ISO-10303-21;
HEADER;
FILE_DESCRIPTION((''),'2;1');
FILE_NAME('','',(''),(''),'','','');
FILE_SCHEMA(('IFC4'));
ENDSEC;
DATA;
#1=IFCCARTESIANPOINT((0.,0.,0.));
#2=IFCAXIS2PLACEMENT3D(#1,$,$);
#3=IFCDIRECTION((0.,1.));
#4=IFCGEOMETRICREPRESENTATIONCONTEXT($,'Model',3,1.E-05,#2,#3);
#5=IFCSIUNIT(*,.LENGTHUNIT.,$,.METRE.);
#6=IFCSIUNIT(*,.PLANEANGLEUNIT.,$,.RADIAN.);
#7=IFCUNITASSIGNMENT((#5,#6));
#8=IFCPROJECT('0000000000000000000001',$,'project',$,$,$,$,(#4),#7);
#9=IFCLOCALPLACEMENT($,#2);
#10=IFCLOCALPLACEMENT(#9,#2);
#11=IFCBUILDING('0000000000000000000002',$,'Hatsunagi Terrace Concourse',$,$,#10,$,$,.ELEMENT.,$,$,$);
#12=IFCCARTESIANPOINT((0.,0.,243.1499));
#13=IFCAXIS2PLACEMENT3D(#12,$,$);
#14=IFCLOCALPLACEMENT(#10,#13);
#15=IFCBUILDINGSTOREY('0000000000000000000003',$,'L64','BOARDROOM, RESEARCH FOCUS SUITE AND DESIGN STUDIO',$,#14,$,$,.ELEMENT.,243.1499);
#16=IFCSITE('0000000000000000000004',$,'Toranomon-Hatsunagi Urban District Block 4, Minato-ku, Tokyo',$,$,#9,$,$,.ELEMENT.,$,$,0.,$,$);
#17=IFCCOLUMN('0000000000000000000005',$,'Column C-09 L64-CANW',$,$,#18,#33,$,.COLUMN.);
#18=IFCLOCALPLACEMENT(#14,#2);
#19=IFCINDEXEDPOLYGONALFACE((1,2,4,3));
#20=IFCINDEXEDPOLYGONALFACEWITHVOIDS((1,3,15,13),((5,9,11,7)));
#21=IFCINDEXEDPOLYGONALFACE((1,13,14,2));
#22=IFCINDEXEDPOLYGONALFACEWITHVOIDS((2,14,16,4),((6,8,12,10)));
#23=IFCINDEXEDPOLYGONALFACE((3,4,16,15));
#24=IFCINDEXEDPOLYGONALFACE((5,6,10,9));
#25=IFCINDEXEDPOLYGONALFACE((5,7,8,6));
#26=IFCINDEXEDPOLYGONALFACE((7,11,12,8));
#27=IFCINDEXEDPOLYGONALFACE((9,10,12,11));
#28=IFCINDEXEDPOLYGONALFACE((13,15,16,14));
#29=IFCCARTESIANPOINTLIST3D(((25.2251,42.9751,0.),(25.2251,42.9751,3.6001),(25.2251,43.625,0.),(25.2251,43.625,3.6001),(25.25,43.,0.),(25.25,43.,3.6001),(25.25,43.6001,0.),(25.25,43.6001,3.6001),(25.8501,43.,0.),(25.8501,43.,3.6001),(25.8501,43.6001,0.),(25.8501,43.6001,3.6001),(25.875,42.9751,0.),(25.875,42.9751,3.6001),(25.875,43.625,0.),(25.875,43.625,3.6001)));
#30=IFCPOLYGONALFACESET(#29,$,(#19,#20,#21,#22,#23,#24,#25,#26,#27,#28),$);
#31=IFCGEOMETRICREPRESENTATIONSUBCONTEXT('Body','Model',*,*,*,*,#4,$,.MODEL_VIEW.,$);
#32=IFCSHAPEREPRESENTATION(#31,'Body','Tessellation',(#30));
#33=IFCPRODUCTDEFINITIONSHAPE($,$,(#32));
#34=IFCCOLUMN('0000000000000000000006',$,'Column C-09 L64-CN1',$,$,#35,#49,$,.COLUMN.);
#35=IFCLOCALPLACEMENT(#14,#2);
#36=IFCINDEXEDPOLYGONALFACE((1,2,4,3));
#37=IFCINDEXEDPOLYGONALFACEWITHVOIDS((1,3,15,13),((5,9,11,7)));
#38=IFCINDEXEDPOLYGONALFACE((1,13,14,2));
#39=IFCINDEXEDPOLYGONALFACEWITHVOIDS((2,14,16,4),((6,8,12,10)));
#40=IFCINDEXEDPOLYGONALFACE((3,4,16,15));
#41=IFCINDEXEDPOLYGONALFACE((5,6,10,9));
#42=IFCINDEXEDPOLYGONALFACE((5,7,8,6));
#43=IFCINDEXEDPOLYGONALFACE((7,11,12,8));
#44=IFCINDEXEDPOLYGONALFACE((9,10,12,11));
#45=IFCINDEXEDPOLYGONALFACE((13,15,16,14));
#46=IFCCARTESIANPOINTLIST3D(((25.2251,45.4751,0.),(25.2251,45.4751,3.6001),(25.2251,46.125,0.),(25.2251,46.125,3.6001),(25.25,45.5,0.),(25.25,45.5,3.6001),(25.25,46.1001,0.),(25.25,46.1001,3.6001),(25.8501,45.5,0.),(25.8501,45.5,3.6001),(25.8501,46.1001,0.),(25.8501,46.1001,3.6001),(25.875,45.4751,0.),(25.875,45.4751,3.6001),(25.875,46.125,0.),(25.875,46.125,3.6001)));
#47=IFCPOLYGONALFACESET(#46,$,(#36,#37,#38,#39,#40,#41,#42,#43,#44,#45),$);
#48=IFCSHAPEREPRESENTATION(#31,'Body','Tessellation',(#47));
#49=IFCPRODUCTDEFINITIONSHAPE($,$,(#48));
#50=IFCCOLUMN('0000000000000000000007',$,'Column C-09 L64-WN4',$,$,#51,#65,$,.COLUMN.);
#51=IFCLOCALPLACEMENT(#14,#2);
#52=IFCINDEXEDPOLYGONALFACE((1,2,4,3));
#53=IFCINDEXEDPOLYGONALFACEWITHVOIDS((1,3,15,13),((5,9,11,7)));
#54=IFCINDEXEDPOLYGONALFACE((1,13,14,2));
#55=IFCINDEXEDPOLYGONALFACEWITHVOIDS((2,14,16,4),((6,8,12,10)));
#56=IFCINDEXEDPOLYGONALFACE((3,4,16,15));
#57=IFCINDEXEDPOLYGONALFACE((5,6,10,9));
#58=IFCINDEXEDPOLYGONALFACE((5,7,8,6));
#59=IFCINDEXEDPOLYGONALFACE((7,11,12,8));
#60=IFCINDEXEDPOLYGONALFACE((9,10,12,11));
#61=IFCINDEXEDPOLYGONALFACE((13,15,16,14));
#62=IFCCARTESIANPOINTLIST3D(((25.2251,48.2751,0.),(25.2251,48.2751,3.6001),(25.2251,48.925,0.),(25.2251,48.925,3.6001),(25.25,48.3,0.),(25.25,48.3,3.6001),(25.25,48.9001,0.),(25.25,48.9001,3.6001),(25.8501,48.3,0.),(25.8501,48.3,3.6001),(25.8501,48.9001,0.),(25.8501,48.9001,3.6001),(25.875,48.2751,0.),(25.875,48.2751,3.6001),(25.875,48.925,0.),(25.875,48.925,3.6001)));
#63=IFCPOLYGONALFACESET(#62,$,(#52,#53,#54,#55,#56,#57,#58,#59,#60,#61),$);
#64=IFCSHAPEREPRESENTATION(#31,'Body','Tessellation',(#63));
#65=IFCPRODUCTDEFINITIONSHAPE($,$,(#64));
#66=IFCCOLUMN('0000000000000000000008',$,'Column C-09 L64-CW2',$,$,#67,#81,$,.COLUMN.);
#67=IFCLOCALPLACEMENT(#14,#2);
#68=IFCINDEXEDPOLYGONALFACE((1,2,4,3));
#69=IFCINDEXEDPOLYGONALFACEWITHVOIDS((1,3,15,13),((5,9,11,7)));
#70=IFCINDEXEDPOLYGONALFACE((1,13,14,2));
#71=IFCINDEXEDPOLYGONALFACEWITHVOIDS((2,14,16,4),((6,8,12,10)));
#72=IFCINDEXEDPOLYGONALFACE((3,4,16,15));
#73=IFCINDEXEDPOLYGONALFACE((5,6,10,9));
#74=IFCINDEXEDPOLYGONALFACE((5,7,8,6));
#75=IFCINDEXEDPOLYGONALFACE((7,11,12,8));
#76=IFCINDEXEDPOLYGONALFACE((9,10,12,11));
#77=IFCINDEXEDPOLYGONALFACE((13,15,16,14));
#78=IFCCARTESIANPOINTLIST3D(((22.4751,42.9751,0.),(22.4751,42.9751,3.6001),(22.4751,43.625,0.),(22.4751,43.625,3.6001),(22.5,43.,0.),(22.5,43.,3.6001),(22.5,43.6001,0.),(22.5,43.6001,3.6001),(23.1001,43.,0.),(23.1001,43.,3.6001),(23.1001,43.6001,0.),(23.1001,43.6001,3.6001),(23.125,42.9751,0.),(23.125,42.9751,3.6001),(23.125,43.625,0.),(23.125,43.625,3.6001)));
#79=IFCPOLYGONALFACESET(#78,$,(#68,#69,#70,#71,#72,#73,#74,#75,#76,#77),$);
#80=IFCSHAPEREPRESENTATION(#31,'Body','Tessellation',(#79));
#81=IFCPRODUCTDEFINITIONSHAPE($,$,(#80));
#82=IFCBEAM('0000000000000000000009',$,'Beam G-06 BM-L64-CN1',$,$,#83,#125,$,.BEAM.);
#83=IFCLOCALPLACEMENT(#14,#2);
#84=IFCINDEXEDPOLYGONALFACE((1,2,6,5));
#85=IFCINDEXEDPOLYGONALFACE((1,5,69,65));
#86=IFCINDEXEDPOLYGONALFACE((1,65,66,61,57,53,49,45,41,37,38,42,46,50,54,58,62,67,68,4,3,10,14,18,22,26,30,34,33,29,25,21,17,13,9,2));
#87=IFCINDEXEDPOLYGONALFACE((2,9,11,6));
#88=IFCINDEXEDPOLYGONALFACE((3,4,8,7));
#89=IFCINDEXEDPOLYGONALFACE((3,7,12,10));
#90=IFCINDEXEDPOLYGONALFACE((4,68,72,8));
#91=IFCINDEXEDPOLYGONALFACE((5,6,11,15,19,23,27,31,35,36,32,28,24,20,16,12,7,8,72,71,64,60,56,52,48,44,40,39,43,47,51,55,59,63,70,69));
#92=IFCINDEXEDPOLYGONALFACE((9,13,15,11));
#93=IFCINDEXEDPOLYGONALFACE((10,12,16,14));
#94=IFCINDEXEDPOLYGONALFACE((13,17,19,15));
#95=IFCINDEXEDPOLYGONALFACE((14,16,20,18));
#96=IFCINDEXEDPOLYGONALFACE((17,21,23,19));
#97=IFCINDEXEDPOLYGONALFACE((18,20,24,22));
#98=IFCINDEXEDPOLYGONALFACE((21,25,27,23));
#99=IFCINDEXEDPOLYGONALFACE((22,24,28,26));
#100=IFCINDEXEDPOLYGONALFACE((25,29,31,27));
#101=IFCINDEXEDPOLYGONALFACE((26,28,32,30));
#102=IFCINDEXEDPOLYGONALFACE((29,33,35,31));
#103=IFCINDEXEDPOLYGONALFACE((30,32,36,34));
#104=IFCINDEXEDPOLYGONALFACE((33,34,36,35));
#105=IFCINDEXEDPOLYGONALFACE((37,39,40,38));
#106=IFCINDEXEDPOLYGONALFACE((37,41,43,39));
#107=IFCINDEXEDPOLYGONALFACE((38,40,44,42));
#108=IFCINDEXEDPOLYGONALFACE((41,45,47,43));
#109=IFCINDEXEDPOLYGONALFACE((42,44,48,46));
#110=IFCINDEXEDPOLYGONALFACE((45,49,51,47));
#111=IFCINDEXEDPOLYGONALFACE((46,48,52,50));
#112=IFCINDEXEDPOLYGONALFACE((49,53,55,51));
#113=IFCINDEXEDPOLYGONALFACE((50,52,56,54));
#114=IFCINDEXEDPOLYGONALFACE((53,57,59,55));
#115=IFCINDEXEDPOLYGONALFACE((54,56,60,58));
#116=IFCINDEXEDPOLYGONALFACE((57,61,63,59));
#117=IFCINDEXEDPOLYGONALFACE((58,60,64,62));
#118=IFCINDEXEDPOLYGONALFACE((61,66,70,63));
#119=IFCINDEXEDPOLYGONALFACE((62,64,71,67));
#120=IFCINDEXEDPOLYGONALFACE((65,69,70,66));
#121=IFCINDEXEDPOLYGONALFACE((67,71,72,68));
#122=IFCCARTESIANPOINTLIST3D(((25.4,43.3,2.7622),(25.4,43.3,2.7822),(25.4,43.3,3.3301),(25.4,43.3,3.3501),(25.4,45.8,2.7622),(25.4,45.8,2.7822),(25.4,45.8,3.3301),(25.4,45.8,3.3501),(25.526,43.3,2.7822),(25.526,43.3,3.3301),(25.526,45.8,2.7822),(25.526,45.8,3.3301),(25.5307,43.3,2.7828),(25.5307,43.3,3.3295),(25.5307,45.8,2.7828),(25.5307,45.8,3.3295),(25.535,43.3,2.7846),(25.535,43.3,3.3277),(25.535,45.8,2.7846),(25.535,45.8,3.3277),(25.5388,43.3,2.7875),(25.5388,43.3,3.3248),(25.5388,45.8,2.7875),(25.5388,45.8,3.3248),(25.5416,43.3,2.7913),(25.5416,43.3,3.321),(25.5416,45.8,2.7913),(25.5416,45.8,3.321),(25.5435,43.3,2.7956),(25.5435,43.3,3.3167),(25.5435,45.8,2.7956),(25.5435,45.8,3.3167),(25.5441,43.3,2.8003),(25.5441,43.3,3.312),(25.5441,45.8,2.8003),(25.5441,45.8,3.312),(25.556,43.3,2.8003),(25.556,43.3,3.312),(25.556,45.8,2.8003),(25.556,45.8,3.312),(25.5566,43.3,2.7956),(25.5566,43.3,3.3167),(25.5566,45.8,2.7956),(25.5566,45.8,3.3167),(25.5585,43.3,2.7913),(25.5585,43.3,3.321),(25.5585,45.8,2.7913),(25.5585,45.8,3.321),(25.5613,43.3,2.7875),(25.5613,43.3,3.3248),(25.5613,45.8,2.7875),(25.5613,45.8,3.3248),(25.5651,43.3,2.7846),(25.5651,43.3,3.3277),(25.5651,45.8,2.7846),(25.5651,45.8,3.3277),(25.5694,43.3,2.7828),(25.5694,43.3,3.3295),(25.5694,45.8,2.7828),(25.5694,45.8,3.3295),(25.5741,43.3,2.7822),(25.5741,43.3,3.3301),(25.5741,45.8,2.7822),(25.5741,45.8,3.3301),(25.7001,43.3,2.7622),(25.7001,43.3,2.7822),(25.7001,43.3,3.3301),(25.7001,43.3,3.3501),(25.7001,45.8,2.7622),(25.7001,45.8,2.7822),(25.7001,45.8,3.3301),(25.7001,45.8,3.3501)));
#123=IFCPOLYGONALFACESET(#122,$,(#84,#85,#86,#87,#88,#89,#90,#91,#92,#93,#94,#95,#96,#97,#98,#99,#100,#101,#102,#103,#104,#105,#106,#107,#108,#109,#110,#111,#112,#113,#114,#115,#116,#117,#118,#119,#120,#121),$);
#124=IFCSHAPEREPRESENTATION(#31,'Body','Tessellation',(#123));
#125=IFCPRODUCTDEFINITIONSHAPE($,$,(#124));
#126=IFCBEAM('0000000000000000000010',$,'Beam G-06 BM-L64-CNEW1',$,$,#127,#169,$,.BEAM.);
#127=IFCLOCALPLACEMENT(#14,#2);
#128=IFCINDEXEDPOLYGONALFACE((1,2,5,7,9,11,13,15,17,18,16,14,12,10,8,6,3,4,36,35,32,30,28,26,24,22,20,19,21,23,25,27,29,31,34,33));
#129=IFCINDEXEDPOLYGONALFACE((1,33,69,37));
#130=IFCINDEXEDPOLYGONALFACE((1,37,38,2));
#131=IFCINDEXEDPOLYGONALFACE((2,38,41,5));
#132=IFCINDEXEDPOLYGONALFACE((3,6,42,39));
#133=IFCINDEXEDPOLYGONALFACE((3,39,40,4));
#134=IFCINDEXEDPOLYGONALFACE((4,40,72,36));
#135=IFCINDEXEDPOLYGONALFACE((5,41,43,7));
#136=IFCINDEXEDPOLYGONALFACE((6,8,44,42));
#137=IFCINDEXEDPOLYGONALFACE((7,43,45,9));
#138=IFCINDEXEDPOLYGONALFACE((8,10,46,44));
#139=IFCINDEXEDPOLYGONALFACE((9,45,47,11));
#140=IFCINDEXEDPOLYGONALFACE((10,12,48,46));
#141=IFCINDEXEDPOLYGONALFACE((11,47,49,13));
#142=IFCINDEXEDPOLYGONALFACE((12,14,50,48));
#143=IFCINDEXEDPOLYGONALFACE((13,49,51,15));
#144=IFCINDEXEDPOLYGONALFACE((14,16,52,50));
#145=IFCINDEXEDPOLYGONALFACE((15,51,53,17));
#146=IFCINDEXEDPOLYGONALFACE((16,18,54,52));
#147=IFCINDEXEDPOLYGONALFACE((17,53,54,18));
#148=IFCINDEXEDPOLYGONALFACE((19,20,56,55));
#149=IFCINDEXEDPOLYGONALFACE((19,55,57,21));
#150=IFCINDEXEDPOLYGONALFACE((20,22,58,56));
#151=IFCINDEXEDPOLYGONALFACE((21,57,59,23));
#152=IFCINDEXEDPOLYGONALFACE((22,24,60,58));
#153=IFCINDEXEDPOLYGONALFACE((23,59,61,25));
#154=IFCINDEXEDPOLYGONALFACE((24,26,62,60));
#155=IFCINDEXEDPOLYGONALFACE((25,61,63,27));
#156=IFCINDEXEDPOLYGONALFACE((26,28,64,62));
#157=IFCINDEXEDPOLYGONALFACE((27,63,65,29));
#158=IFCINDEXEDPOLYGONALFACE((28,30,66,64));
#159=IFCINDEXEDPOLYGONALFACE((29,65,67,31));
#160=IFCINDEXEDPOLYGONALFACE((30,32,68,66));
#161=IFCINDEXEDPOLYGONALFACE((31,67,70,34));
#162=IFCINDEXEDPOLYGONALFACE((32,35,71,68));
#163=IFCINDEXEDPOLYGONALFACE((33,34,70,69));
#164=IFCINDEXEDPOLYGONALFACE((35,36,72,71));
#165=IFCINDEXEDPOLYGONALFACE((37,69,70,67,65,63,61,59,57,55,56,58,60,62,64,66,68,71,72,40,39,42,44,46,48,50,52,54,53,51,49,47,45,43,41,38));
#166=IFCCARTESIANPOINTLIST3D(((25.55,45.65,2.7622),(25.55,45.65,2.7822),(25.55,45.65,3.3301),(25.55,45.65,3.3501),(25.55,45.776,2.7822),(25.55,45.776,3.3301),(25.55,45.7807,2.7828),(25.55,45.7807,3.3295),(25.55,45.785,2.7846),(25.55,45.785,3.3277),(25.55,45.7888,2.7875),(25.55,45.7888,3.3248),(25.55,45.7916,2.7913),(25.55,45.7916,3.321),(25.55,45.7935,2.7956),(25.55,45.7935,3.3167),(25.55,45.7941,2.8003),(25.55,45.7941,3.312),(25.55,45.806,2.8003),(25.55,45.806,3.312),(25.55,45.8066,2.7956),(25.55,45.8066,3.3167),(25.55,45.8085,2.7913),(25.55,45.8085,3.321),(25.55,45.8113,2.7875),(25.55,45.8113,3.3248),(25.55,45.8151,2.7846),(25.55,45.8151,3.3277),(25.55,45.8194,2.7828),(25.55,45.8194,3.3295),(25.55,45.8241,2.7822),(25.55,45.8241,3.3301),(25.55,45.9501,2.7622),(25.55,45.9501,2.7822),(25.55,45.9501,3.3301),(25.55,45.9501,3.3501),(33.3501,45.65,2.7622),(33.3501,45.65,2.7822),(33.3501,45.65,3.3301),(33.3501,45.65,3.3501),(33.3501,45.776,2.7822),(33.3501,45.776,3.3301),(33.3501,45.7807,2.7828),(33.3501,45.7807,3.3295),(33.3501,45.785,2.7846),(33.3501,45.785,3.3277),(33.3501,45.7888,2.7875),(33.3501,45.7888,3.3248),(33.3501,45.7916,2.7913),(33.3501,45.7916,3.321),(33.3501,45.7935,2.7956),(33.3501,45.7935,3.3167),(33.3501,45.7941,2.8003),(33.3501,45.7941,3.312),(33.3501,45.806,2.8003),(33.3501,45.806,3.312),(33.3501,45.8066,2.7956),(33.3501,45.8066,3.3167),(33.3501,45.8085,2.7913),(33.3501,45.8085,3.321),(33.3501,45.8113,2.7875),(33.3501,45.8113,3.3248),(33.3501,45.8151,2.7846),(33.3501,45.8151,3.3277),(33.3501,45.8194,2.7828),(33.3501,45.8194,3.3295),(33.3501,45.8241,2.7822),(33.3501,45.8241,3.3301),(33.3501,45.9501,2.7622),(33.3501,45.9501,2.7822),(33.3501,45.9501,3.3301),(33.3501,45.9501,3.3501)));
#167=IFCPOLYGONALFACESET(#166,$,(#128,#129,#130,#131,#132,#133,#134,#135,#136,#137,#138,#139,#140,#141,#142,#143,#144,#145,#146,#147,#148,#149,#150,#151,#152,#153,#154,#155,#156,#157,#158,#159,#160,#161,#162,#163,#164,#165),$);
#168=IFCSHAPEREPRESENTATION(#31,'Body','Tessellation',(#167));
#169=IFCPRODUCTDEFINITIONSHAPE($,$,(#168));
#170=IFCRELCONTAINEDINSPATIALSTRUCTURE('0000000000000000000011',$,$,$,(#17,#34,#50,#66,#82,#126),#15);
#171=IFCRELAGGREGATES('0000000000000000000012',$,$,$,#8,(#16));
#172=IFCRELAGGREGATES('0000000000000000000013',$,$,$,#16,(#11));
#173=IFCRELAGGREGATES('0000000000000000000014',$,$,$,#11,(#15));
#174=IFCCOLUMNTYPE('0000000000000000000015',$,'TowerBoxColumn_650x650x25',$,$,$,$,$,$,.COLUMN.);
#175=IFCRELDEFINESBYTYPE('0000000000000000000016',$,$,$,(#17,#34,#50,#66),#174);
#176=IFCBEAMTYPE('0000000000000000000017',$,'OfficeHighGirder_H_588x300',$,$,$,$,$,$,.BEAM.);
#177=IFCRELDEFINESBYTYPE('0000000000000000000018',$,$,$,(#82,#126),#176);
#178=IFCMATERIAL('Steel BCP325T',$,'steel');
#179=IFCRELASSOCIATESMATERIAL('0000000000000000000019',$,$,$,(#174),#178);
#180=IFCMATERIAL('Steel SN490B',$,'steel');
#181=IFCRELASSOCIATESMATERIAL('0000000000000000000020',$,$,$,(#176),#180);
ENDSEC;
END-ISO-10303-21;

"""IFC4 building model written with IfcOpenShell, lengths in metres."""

from ifc_helpers import new_model, si_unit, direction, frame, origin, origin_2d, place, context, subcontext, project, spatial, hollow_rectangle, i_section, extrude, material, material_profile, profile_set, type_object, element, save


model = new_model("IFC4")

# Units and contexts
model_context = context("Model", 3, precision=1e-05, world=origin(), true_north=direction((0.0, 1.0)))
body_context = subcontext(model_context, "Body", "Model", "MODEL_VIEW")
ifc_project = project(units=[si_unit("LENGTHUNIT", "METRE"), si_unit("PLANEANGLEUNIT", "RADIAN")], contexts=[model_context])

# Site, building, storey
site_placement = place(None, origin())
site = spatial("IfcSite", under=ifc_project, at=site_placement, Name="Toranomon-Hatsunagi Urban District Block 4, Minato-ku, Tokyo", CompositionType="ELEMENT", RefElevation=0.0)
building_placement = place(site_placement, origin())
building = spatial("IfcBuilding", under=site, at=building_placement, Name="Hatsunagi Terrace Concourse", CompositionType="ELEMENT")
storey_placement = place(building_placement, frame((0.0, 0.0, 243.1499)))
storey = spatial("IfcBuildingStorey", under=building, at=storey_placement, Name="L64", Description="BOARDROOM, RESEARCH FOCUS SUITE AND DESIGN STUDIO", CompositionType="ELEMENT", Elevation=243.1499)

# Columns
ifc_material_1 = material(Name="Steel BCP325T", Category="steel")
ifc_material_profile_1 = material_profile(ifc_material_1, hollow_rectangle(XDim=0.6499, YDim=0.6499, WallThickness=0.0249, at=origin_2d()), Name="BCP-650x650x25")
ifc_profile_set_1 = profile_set([ifc_material_profile_1], Name="Steel BCP325T")
column_type = type_object("IfcColumnType", Name="TowerBoxColumn_650x650x25", PredefinedType="COLUMN", material=ifc_profile_set_1)
for number, where, z_axis, x_axis, name in (
    (1, (25.55, 43.3, 0.0), (0.0, 0.0, 1.0), (1.0, 0.0, 0.0), "Column C-09 L64-CANW"),
    (2, (25.55, 45.8, 0.0), (0.0, 0.0, 1.0), (1.0, 0.0, 0.0), "Column C-09 L64-CN1"),
    (3, (25.55, 48.6001, 0.0), (0.0, 0.0, 1.0), (1.0, 0.0, 0.0), "Column C-09 L64-WN4"),
    (4, (22.8, 43.3, 0.0), (0.0, 0.0, 1.0), (1.0, 0.0, 0.0), "Column C-09 L64-CW2"),
):
    element("IfcColumn", number, at=place(storey_placement, frame(where, z_axis=z_axis, x_axis=x_axis)), inside=storey, type_object=column_type, Name=name, PredefinedType="COLUMN", context=body_context, shape_type="SweptSolid", body=[
        extrude(hollow_rectangle(XDim=0.6499, YDim=0.6499, WallThickness=0.0249, at=origin_2d()), origin(), (0.0, 0.0, 1.0), 3.6001),
    ])

# Beams
ifc_material_2 = material(Name="Steel SN490B", Category="steel")
ifc_material_profile_2 = material_profile(ifc_material_2, i_section(OverallWidth=0.3, OverallDepth=0.5879, WebThickness=0.012, FlangeThickness=0.02, FilletRadius=0.0181, at=origin_2d()), Name="H-588x300x12x20")
ifc_profile_set_2 = profile_set([ifc_material_profile_2], Name="Steel SN490B")
beam_type_1 = type_object("IfcBeamType", Name="OfficeHighGirder_H_588x300", PredefinedType="BEAM", material=ifc_profile_set_2)
beam_1_placement = place(storey_placement, frame((25.55, 43.3, 3.0562), z_axis=(0.0, 1.0, 0.0), x_axis=(-1.0, 0.0, 0.0)))
element("IfcBeam", 5, at=beam_1_placement, inside=storey, type_object=beam_type_1, Name="Beam G-06 BM-L64-CN1", PredefinedType="BEAM", context=body_context, shape_type="SweptSolid", body=[
    extrude(i_section(OverallWidth=0.3, OverallDepth=0.5879, WebThickness=0.012, FlangeThickness=0.02, FilletRadius=0.0181, at=origin_2d()), origin(), (0.0, 0.0, 1.0), 2.5),
])
beam_2_placement = place(storey_placement, frame((25.55, 45.8, 3.0562), z_axis=(1.0, 0.0, 0.0), x_axis=(0.0, 1.0, 0.0)))
element("IfcBeam", 6, at=beam_2_placement, inside=storey, type_object=beam_type_1, Name="Beam G-06 BM-L64-CNEW1", PredefinedType="BEAM", context=body_context, shape_type="SweptSolid", body=[
    extrude(i_section(OverallWidth=0.3, OverallDepth=0.5879, WebThickness=0.012, FlangeThickness=0.02, FilletRadius=0.0181, at=origin_2d()), origin(), (0.0, 0.0, 1.0), 7.8),
])

save(model, "model.ifc")
